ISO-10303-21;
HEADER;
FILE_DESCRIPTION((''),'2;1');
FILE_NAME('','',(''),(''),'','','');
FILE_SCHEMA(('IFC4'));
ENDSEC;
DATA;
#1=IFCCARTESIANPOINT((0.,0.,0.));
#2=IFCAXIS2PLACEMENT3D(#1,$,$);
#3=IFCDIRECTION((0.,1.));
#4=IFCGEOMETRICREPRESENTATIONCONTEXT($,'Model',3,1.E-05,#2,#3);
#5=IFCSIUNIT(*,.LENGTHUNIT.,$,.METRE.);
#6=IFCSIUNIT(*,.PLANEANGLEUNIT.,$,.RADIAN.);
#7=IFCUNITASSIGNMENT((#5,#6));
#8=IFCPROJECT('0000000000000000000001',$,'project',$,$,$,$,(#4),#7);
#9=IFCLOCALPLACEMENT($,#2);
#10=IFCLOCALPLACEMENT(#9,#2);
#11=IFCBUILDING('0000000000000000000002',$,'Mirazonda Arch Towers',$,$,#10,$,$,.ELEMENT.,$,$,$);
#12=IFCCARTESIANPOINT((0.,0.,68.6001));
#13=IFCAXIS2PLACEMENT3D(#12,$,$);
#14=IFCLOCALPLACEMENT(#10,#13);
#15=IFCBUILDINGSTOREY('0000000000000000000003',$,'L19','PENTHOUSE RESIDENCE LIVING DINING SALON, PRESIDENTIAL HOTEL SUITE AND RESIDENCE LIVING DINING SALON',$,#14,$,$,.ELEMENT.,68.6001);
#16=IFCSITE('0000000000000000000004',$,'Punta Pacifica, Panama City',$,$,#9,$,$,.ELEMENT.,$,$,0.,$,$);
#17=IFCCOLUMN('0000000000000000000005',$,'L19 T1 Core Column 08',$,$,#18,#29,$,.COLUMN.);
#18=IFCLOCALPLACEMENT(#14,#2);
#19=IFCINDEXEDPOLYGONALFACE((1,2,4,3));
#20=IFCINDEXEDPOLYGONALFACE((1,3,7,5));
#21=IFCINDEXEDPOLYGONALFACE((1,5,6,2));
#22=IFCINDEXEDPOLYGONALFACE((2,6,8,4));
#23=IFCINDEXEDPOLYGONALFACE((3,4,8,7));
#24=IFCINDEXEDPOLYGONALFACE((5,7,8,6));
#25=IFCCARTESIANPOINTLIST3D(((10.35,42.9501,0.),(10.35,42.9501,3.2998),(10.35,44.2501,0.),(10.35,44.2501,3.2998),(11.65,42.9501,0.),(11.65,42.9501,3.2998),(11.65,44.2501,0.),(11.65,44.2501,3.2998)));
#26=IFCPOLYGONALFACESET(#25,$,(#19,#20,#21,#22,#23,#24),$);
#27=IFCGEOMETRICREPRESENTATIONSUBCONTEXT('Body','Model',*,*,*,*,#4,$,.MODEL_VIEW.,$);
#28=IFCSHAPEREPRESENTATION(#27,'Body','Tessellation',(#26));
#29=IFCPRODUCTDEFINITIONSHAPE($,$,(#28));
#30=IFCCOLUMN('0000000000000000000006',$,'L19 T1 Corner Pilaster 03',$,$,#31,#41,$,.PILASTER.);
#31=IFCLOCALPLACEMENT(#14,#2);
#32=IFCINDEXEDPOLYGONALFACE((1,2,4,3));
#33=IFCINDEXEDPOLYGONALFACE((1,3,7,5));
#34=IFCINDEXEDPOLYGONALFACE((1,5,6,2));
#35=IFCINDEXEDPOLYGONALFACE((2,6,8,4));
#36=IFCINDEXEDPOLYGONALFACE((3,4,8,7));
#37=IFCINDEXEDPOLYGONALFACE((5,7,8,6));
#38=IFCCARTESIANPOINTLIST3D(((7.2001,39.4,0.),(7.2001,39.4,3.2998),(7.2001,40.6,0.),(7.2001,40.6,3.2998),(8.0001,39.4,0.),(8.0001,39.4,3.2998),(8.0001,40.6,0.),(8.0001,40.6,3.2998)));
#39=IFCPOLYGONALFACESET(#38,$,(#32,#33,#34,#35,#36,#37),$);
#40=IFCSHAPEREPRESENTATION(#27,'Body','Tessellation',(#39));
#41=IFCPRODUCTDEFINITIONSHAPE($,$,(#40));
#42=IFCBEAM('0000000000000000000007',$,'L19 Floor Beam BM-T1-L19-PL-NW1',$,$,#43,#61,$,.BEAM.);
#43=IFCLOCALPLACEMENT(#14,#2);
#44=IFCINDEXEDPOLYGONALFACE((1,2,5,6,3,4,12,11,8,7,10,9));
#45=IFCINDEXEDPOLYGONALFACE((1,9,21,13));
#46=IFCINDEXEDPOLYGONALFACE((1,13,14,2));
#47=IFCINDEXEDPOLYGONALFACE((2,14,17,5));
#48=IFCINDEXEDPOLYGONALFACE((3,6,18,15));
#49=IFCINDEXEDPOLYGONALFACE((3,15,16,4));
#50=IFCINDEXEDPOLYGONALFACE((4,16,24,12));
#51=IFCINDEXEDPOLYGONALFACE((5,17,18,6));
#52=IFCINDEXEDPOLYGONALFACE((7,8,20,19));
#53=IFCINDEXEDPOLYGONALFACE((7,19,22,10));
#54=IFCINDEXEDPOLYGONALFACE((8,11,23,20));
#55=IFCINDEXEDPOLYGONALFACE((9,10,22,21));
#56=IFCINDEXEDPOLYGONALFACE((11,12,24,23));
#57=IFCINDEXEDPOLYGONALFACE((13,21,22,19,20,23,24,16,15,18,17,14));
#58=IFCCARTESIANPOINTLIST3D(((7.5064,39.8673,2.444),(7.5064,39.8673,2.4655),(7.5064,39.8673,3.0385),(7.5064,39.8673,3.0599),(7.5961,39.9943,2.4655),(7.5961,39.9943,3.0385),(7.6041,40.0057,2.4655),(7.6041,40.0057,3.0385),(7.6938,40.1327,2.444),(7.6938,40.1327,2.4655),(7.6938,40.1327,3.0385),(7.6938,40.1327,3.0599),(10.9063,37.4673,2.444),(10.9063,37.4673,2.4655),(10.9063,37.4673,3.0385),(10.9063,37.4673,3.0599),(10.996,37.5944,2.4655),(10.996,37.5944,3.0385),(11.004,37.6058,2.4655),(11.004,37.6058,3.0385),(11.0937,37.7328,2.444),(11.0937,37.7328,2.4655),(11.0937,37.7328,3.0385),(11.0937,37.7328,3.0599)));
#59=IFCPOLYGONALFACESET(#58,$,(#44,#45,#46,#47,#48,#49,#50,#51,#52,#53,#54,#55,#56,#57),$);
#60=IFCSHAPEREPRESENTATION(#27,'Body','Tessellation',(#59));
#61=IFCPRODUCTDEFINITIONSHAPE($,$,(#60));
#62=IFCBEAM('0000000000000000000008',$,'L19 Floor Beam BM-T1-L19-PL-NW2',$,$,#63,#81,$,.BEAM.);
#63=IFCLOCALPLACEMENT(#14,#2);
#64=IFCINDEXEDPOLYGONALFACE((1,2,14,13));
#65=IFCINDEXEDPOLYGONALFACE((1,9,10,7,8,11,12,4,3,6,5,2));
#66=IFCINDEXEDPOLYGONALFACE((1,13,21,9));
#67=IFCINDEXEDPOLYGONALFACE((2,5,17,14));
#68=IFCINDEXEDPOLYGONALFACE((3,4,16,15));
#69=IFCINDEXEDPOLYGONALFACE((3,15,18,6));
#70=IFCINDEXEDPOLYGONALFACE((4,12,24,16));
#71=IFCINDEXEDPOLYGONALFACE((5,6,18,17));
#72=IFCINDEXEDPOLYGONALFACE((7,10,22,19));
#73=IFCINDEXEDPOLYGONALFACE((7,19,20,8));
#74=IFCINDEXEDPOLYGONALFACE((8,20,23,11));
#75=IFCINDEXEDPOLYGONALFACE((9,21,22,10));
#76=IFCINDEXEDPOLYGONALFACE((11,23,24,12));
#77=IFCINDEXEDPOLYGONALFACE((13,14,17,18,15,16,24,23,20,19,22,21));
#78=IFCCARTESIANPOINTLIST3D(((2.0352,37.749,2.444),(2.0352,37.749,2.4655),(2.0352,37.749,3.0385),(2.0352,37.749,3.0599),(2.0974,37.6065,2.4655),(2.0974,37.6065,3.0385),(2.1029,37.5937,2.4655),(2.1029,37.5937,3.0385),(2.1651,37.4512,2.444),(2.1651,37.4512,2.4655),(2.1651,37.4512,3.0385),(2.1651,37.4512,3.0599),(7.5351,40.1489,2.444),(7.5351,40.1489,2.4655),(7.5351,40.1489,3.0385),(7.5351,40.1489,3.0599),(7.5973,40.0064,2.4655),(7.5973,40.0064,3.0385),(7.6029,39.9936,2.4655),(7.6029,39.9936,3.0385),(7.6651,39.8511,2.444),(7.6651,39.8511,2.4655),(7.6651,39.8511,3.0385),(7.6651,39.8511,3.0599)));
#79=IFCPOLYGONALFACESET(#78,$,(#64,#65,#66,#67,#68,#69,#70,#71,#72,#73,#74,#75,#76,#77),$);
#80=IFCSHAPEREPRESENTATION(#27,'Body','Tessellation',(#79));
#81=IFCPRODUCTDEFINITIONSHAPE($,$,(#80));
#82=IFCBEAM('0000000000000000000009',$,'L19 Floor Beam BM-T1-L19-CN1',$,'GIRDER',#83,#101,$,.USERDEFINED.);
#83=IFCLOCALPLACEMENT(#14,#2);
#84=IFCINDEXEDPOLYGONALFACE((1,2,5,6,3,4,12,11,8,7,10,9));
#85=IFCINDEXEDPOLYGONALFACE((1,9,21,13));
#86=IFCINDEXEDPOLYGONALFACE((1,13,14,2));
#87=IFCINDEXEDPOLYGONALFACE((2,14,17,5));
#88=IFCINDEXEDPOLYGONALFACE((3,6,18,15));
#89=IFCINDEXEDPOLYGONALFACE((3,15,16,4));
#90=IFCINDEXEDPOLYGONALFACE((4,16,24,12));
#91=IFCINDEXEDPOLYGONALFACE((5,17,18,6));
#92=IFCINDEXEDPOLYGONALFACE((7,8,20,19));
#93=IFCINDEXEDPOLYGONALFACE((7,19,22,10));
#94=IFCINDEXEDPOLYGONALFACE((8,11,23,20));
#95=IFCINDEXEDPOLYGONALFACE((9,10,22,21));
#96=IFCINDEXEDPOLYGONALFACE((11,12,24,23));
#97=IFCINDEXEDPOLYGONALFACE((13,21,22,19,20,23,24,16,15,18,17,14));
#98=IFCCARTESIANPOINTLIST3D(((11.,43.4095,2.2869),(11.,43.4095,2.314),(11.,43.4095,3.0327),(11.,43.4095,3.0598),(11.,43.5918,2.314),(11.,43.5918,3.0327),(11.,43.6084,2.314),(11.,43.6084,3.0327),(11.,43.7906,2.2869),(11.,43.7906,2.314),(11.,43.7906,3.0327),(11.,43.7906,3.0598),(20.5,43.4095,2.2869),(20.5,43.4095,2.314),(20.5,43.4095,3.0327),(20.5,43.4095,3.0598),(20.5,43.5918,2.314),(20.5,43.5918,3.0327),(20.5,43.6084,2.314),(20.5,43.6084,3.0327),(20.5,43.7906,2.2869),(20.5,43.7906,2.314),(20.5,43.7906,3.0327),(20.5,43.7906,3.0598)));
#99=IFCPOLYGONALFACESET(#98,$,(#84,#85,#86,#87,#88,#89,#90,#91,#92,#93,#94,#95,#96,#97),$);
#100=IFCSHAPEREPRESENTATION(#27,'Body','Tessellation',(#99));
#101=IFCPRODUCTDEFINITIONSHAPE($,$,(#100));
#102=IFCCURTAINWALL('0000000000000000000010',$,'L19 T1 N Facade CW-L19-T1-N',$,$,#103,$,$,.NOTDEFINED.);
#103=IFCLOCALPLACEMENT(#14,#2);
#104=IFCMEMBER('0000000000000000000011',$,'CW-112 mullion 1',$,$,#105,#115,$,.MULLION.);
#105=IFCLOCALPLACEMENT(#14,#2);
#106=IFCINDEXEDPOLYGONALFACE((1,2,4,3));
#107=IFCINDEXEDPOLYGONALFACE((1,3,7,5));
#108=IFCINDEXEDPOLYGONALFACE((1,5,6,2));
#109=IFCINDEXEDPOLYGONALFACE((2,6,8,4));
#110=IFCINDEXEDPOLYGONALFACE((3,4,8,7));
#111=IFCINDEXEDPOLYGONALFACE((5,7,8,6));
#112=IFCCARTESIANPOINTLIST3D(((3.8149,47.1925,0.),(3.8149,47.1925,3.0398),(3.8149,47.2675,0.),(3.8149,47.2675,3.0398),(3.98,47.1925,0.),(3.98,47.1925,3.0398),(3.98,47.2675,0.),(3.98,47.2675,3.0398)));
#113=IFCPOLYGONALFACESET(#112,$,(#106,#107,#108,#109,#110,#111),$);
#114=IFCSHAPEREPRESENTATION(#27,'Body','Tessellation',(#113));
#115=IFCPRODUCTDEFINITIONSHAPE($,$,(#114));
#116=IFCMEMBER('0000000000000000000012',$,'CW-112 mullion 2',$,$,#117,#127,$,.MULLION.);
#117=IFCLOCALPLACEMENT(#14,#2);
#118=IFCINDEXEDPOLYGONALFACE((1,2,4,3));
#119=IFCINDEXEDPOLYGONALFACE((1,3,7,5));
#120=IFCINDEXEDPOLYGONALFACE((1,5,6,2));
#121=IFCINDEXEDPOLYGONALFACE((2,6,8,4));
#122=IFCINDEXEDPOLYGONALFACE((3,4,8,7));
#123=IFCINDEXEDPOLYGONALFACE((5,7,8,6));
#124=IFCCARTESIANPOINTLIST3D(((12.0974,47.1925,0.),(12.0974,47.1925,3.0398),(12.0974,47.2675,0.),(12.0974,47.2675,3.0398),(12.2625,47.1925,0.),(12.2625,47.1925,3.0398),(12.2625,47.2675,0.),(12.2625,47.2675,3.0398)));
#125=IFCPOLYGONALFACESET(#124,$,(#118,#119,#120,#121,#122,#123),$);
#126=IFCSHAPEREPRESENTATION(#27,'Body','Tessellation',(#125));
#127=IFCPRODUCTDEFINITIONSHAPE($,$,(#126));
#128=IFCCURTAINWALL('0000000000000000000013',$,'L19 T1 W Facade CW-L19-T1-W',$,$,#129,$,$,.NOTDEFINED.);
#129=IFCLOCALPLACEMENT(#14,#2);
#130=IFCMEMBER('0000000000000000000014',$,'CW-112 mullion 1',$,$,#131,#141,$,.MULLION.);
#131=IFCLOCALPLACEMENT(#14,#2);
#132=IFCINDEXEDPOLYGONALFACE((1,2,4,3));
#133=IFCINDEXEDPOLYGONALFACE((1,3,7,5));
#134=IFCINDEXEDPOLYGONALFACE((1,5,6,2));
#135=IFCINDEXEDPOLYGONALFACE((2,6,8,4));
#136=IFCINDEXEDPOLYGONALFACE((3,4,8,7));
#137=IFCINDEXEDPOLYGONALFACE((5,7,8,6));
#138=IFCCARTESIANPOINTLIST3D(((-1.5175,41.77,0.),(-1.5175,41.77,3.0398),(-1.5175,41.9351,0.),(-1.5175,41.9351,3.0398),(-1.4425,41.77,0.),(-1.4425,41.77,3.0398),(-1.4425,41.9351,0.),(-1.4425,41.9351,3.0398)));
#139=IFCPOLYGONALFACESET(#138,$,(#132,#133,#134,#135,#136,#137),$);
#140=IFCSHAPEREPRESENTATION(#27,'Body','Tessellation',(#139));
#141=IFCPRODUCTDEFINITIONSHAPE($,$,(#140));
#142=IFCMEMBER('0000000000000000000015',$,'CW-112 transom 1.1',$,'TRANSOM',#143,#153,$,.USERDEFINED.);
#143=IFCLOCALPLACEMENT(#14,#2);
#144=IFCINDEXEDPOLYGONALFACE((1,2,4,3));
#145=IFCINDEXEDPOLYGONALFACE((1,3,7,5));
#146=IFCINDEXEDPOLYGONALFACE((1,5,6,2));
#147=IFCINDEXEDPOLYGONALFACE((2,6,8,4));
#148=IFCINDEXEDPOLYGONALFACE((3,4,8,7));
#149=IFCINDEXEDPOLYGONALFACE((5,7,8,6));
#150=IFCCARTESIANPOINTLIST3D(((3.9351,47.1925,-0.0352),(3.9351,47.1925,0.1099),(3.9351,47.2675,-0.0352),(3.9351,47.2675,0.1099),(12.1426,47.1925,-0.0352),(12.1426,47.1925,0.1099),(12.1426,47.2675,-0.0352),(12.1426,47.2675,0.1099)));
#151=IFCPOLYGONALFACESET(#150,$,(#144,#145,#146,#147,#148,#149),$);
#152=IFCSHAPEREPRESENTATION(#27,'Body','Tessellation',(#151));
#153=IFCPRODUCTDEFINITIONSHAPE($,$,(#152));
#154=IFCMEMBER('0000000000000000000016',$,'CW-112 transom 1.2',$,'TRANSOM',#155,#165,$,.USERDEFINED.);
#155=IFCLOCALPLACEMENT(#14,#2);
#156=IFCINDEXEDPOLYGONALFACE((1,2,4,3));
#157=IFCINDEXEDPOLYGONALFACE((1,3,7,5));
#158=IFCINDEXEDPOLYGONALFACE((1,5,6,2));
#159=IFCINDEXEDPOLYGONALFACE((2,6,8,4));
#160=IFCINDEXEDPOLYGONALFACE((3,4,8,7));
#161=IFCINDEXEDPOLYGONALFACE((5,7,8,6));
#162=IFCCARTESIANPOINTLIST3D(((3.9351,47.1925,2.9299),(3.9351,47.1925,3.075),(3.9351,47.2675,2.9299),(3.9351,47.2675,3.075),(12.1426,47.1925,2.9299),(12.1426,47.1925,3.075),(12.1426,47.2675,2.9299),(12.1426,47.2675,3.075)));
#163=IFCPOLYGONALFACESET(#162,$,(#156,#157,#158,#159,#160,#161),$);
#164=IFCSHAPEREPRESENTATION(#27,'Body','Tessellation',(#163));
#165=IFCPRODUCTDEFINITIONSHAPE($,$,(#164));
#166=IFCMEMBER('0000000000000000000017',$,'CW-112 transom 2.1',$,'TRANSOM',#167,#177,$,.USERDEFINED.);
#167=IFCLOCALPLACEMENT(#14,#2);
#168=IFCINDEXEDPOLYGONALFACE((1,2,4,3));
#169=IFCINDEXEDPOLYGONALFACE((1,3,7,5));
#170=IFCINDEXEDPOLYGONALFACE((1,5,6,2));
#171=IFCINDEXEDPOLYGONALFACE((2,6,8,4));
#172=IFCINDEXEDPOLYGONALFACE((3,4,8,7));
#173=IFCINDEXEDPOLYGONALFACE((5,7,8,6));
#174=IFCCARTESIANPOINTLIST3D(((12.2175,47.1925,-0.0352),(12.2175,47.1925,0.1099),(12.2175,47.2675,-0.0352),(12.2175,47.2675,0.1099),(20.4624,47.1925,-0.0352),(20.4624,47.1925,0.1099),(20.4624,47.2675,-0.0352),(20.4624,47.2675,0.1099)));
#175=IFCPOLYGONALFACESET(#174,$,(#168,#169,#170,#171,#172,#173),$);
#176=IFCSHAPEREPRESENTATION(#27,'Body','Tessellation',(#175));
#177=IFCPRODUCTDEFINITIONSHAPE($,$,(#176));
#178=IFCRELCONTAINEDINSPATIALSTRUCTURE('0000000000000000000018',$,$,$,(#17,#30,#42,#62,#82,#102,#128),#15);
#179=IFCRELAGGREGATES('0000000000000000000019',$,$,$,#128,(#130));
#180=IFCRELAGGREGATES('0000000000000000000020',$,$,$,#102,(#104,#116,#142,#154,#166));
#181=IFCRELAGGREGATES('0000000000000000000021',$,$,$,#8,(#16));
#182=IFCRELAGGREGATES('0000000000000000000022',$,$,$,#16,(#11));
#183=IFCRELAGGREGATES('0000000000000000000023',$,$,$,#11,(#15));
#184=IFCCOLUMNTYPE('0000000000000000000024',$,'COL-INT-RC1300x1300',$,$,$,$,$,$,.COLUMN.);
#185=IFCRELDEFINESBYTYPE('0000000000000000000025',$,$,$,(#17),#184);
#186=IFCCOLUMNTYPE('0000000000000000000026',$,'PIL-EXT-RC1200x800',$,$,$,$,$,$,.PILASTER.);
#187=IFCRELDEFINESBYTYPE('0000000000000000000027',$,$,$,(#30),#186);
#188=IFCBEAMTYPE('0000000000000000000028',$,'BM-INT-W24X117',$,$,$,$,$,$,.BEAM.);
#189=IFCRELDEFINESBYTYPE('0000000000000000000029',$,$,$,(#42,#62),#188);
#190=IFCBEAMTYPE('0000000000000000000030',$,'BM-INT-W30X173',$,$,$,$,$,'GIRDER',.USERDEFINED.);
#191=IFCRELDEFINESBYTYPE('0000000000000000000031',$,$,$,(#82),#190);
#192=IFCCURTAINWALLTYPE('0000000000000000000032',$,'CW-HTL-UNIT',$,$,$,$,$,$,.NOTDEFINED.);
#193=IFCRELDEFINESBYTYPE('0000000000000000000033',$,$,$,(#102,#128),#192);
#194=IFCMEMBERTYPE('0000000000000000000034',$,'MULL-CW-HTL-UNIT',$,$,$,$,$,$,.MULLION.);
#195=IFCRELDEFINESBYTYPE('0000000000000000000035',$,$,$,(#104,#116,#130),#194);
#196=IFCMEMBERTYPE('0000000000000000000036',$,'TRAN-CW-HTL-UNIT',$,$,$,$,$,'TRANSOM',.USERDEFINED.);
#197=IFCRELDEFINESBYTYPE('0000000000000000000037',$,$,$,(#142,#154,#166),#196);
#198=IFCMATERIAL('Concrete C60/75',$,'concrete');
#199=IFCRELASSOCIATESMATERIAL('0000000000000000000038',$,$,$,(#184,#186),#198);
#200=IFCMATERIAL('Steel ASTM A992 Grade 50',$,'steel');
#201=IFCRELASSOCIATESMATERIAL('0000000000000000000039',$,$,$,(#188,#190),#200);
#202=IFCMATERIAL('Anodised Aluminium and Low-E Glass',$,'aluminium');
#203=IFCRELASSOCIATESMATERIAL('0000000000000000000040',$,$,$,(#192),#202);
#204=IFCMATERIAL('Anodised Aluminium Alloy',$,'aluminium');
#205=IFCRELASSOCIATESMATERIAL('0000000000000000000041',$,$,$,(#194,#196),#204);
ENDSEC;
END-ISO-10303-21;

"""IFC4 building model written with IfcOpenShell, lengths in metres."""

from ifc_helpers import new_model, si_unit, direction, frame, origin, origin_2d, place, context, subcontext, project, spatial, rectangle, i_section, extrude, material, material_profile, profile_set, type_object, element, aggregate, save


model = new_model("IFC4")

# Units and contexts
model_context = context("Model", 3, precision=1e-05, world=origin(), true_north=direction((0.0, 1.0)))
body_context = subcontext(model_context, "Body", "Model", "MODEL_VIEW")
ifc_project = project(units=[si_unit("LENGTHUNIT", "METRE"), si_unit("PLANEANGLEUNIT", "RADIAN")], contexts=[model_context])

# Site, building, storey
site_placement = place(None, origin())
site = spatial("IfcSite", under=ifc_project, at=site_placement, Name="Punta Pacifica, Panama City", CompositionType="ELEMENT", RefElevation=0.0)
building_placement = place(site_placement, origin())
building = spatial("IfcBuilding", under=site, at=building_placement, Name="Mirazonda Arch Towers", CompositionType="ELEMENT")
storey_placement = place(building_placement, frame((0.0, 0.0, 68.6001)))
storey = spatial("IfcBuildingStorey", under=building, at=storey_placement, Name="L19", Description="PENTHOUSE RESIDENCE LIVING DINING SALON, PRESIDENTIAL HOTEL SUITE AND RESIDENCE LIVING DINING SALON", CompositionType="ELEMENT", Elevation=68.6001)

# Columns
ifc_material_1 = material(Name="Concrete C60/75", Category="concrete")
ifc_material_profile_1 = material_profile(ifc_material_1, rectangle(XDim=1.3, YDim=1.3, at=origin_2d()), Name="RC1300x1300")
ifc_profile_set_1 = profile_set([ifc_material_profile_1], Name="Concrete C60/75")
column_type_1 = type_object("IfcColumnType", Name="COL-INT-RC1300x1300", PredefinedType="COLUMN", material=ifc_profile_set_1)
column_1_placement = place(storey_placement, frame((11.0, 43.6001, 0.0), z_axis=(0.0, 0.0, 1.0), x_axis=(1.0, 0.0, 0.0)))
element("IfcColumn", 1, at=column_1_placement, inside=storey, type_object=column_type_1, Name="L19 T1 Core Column 08", PredefinedType="COLUMN", context=body_context, shape_type="SweptSolid", body=[
    extrude(rectangle(XDim=1.3, YDim=1.3, at=origin_2d()), origin(), (0.0, 0.0, 1.0), 3.2998),
])
ifc_material_profile_2 = material_profile(ifc_material_1, rectangle(XDim=0.8, YDim=1.2, at=origin_2d()), Name="RC1200x800")
ifc_profile_set_2 = profile_set([ifc_material_profile_2], Name="Concrete C60/75")
column_type_2 = type_object("IfcColumnType", Name="PIL-EXT-RC1200x800", PredefinedType="PILASTER", material=ifc_profile_set_2)
column_2_placement = place(storey_placement, frame((7.6001, 40.0, 0.0), z_axis=(0.0, 0.0, 1.0), x_axis=(1.0, 0.0, 0.0)))
element("IfcColumn", 2, at=column_2_placement, inside=storey, type_object=column_type_2, Name="L19 T1 Corner Pilaster 03", PredefinedType="PILASTER", context=body_context, shape_type="SweptSolid", body=[
    extrude(rectangle(XDim=0.8, YDim=1.2, at=origin_2d()), origin(), (0.0, 0.0, 1.0), 3.2998),
])

# Beams
ifc_material_2 = material(Name="Steel ASTM A992 Grade 50", Category="steel")
ifc_material_profile_3 = material_profile(ifc_material_2, i_section(OverallWidth=0.325, OverallDepth=0.616, WebThickness=0.0139, FlangeThickness=0.0215, at=origin_2d()), Name="W24X117")
ifc_profile_set_3 = profile_set([ifc_material_profile_3], Name="Steel ASTM A992 Grade 50")
beam_type_1 = type_object("IfcBeamType", Name="BM-INT-W24X117", PredefinedType="BEAM", material=ifc_profile_set_3)
beam_1_placement = place(storey_placement, frame((7.6001, 40.0, 2.752), z_axis=(0.816971, -0.576679, 0.0), x_axis=(0.576679, 0.816971, 0.0)))
element("IfcBeam", 3, at=beam_1_placement, inside=storey, type_object=beam_type_1, Name="L19 Floor Beam BM-T1-L19-PL-NW1", PredefinedType="BEAM", context=body_context, shape_type="SweptSolid", body=[
    extrude(i_section(OverallWidth=0.325, OverallDepth=0.616, WebThickness=0.0139, FlangeThickness=0.0215, at=origin_2d()), origin(), (0.0, 0.0, 1.0), 4.1616),
])
beam_2_placement = place(storey_placement, frame((7.6001, 40.0, 2.752), z_axis=(-0.916545, -0.399931, 0.0), x_axis=(0.399931, -0.916545, 0.0)))
element("IfcBeam", 4, at=beam_2_placement, inside=storey, type_object=beam_type_1, Name="L19 Floor Beam BM-T1-L19-PL-NW2", PredefinedType="BEAM", context=body_context, shape_type="SweptSolid", body=[
    extrude(i_section(OverallWidth=0.325, OverallDepth=0.616, WebThickness=0.0139, FlangeThickness=0.0215, at=origin_2d()), origin(), (0.0, 0.0, 1.0), 6.0007),
])
ifc_material_profile_4 = material_profile(ifc_material_2, i_section(OverallWidth=0.3811, OverallDepth=0.7729, WebThickness=0.0166, FlangeThickness=0.0271, at=origin_2d()), Name="W30X173")
ifc_profile_set_4 = profile_set([ifc_material_profile_4], Name="Steel ASTM A992 Grade 50")
beam_type_2 = type_object("IfcBeamType", Name="BM-INT-W30X173", ElementType="GIRDER", PredefinedType="USERDEFINED", material=ifc_profile_set_4)
beam_3_placement = place(storey_placement, frame((11.0, 43.6001, 2.6733), z_axis=(1.0, 0.0, 0.0), x_axis=(0.0, 1.0, 0.0)))
element("IfcBeam", 5, at=beam_3_placement, inside=storey, type_object=beam_type_2, Name="L19 Floor Beam BM-T1-L19-CN1", ObjectType="GIRDER", PredefinedType="USERDEFINED", context=body_context, shape_type="SweptSolid", body=[
    extrude(i_section(OverallWidth=0.3811, OverallDepth=0.7729, WebThickness=0.0166, FlangeThickness=0.0271, at=origin_2d()), origin(), (0.0, 0.0, 1.0), 9.5),
])

# Curtain wall, members
ifc_material_3 = material(Name="Anodised Aluminium and Low-E Glass", Category="aluminium")
curtain_wall_type = type_object("IfcCurtainWallType", Name="CW-HTL-UNIT", PredefinedType="NOTDEFINED", material=ifc_material_3)
curtain_wall_1_placement = place(storey_placement, origin())
curtain_wall_1 = element("IfcCurtainWall", 6, at=curtain_wall_1_placement, inside=storey, type_object=curtain_wall_type, Name="L19 T1 N Facade CW-L19-T1-N", PredefinedType="NOTDEFINED")
ifc_material_4 = material(Name="Anodised Aluminium Alloy", Category="aluminium")
ifc_material_profile_5 = material_profile(ifc_material_4, rectangle(XDim=0.075, YDim=0.165, at=origin_2d()), Name="ALU-MULL-75x165")
ifc_profile_set_5 = profile_set([ifc_material_profile_5], Name="Anodised Aluminium Alloy")
member_type_1 = type_object("IfcMemberType", Name="MULL-CW-HTL-UNIT", PredefinedType="MULLION", material=ifc_profile_set_5)
member_1_placement = place(storey_placement, frame((3.8975, 47.23, 0.0), z_axis=(0.0, 0.0, 1.0), x_axis=(0.0, 1.0, 0.0)))
member_1 = element("IfcMember", 7, at=member_1_placement, type_object=member_type_1, Name="CW-112 mullion 1", PredefinedType="MULLION", context=body_context, shape_type="SweptSolid", body=[
    extrude(rectangle(XDim=0.075, YDim=0.165, at=origin_2d()), origin(), (0.0, 0.0, 1.0), 3.0398),
])
member_2_placement = place(storey_placement, frame((12.1799, 47.23, 0.0), z_axis=(0.0, 0.0, 1.0), x_axis=(0.0, 1.0, 0.0)))
member_2 = element("IfcMember", 8, at=member_2_placement, type_object=member_type_1, Name="CW-112 mullion 2", PredefinedType="MULLION", context=body_context, shape_type="SweptSolid", body=[
    extrude(rectangle(XDim=0.075, YDim=0.165, at=origin_2d()), origin(), (0.0, 0.0, 1.0), 3.0398),
])

# Curtain wall, member
curtain_wall_2_placement = place(storey_placement, origin())
curtain_wall_2 = element("IfcCurtainWall", 9, at=curtain_wall_2_placement, inside=storey, type_object=curtain_wall_type, Name="L19 T1 W Facade CW-L19-T1-W", PredefinedType="NOTDEFINED")
member_3_placement = place(storey_placement, frame((-1.48, 41.8525, 0.0), z_axis=(0.0, 0.0, 1.0), x_axis=(1.0, 0.0, 0.0)))
member_3 = element("IfcMember", 10, at=member_3_placement, type_object=member_type_1, Name="CW-112 mullion 1", PredefinedType="MULLION", context=body_context, shape_type="SweptSolid", body=[
    extrude(rectangle(XDim=0.075, YDim=0.165, at=origin_2d()), origin(), (0.0, 0.0, 1.0), 3.0398),
])

# Members
ifc_material_profile_6 = material_profile(ifc_material_4, rectangle(XDim=0.075, YDim=0.145, at=origin_2d()), Name="ALU-TRAN-75x145")
ifc_profile_set_6 = profile_set([ifc_material_profile_6], Name="Anodised Aluminium Alloy")
member_type_2 = type_object("IfcMemberType", Name="TRAN-CW-HTL-UNIT", ElementType="TRANSOM", PredefinedType="USERDEFINED", material=ifc_profile_set_6)
member_4_placement = place(storey_placement, frame((3.9351, 47.23, 0.0374), z_axis=(1.0, 0.0, 0.0), x_axis=(0.0, 1.0, 0.0)))
member_4 = element("IfcMember", 11, at=member_4_placement, type_object=member_type_2, Name="CW-112 transom 1.1", ObjectType="TRANSOM", PredefinedType="USERDEFINED", context=body_context, shape_type="SweptSolid", body=[
    extrude(rectangle(XDim=0.075, YDim=0.145, at=origin_2d()), origin(), (0.0, 0.0, 1.0), 8.2075),
])
member_5_placement = place(storey_placement, frame((3.9351, 47.23, 3.0024), z_axis=(1.0, 0.0, 0.0), x_axis=(0.0, 1.0, 0.0)))
member_5 = element("IfcMember", 12, at=member_5_placement, type_object=member_type_2, Name="CW-112 transom 1.2", ObjectType="TRANSOM", PredefinedType="USERDEFINED", context=body_context, shape_type="SweptSolid", body=[
    extrude(rectangle(XDim=0.075, YDim=0.145, at=origin_2d()), origin(), (0.0, 0.0, 1.0), 8.2075),
])
member_6_placement = place(storey_placement, frame((12.2175, 47.23, 0.0374), z_axis=(1.0, 0.0, 0.0), x_axis=(0.0, 1.0, 0.0)))
member_6 = element("IfcMember", 13, at=member_6_placement, type_object=member_type_2, Name="CW-112 transom 2.1", ObjectType="TRANSOM", PredefinedType="USERDEFINED", context=body_context, shape_type="SweptSolid", body=[
    extrude(rectangle(XDim=0.075, YDim=0.145, at=origin_2d()), origin(), (0.0, 0.0, 1.0), 8.2449),
])
aggregate(curtain_wall_2, [member_3])

aggregate(curtain_wall_1, [member_1, member_2, member_4, member_5, member_6])

save(model, "model.ifc")
